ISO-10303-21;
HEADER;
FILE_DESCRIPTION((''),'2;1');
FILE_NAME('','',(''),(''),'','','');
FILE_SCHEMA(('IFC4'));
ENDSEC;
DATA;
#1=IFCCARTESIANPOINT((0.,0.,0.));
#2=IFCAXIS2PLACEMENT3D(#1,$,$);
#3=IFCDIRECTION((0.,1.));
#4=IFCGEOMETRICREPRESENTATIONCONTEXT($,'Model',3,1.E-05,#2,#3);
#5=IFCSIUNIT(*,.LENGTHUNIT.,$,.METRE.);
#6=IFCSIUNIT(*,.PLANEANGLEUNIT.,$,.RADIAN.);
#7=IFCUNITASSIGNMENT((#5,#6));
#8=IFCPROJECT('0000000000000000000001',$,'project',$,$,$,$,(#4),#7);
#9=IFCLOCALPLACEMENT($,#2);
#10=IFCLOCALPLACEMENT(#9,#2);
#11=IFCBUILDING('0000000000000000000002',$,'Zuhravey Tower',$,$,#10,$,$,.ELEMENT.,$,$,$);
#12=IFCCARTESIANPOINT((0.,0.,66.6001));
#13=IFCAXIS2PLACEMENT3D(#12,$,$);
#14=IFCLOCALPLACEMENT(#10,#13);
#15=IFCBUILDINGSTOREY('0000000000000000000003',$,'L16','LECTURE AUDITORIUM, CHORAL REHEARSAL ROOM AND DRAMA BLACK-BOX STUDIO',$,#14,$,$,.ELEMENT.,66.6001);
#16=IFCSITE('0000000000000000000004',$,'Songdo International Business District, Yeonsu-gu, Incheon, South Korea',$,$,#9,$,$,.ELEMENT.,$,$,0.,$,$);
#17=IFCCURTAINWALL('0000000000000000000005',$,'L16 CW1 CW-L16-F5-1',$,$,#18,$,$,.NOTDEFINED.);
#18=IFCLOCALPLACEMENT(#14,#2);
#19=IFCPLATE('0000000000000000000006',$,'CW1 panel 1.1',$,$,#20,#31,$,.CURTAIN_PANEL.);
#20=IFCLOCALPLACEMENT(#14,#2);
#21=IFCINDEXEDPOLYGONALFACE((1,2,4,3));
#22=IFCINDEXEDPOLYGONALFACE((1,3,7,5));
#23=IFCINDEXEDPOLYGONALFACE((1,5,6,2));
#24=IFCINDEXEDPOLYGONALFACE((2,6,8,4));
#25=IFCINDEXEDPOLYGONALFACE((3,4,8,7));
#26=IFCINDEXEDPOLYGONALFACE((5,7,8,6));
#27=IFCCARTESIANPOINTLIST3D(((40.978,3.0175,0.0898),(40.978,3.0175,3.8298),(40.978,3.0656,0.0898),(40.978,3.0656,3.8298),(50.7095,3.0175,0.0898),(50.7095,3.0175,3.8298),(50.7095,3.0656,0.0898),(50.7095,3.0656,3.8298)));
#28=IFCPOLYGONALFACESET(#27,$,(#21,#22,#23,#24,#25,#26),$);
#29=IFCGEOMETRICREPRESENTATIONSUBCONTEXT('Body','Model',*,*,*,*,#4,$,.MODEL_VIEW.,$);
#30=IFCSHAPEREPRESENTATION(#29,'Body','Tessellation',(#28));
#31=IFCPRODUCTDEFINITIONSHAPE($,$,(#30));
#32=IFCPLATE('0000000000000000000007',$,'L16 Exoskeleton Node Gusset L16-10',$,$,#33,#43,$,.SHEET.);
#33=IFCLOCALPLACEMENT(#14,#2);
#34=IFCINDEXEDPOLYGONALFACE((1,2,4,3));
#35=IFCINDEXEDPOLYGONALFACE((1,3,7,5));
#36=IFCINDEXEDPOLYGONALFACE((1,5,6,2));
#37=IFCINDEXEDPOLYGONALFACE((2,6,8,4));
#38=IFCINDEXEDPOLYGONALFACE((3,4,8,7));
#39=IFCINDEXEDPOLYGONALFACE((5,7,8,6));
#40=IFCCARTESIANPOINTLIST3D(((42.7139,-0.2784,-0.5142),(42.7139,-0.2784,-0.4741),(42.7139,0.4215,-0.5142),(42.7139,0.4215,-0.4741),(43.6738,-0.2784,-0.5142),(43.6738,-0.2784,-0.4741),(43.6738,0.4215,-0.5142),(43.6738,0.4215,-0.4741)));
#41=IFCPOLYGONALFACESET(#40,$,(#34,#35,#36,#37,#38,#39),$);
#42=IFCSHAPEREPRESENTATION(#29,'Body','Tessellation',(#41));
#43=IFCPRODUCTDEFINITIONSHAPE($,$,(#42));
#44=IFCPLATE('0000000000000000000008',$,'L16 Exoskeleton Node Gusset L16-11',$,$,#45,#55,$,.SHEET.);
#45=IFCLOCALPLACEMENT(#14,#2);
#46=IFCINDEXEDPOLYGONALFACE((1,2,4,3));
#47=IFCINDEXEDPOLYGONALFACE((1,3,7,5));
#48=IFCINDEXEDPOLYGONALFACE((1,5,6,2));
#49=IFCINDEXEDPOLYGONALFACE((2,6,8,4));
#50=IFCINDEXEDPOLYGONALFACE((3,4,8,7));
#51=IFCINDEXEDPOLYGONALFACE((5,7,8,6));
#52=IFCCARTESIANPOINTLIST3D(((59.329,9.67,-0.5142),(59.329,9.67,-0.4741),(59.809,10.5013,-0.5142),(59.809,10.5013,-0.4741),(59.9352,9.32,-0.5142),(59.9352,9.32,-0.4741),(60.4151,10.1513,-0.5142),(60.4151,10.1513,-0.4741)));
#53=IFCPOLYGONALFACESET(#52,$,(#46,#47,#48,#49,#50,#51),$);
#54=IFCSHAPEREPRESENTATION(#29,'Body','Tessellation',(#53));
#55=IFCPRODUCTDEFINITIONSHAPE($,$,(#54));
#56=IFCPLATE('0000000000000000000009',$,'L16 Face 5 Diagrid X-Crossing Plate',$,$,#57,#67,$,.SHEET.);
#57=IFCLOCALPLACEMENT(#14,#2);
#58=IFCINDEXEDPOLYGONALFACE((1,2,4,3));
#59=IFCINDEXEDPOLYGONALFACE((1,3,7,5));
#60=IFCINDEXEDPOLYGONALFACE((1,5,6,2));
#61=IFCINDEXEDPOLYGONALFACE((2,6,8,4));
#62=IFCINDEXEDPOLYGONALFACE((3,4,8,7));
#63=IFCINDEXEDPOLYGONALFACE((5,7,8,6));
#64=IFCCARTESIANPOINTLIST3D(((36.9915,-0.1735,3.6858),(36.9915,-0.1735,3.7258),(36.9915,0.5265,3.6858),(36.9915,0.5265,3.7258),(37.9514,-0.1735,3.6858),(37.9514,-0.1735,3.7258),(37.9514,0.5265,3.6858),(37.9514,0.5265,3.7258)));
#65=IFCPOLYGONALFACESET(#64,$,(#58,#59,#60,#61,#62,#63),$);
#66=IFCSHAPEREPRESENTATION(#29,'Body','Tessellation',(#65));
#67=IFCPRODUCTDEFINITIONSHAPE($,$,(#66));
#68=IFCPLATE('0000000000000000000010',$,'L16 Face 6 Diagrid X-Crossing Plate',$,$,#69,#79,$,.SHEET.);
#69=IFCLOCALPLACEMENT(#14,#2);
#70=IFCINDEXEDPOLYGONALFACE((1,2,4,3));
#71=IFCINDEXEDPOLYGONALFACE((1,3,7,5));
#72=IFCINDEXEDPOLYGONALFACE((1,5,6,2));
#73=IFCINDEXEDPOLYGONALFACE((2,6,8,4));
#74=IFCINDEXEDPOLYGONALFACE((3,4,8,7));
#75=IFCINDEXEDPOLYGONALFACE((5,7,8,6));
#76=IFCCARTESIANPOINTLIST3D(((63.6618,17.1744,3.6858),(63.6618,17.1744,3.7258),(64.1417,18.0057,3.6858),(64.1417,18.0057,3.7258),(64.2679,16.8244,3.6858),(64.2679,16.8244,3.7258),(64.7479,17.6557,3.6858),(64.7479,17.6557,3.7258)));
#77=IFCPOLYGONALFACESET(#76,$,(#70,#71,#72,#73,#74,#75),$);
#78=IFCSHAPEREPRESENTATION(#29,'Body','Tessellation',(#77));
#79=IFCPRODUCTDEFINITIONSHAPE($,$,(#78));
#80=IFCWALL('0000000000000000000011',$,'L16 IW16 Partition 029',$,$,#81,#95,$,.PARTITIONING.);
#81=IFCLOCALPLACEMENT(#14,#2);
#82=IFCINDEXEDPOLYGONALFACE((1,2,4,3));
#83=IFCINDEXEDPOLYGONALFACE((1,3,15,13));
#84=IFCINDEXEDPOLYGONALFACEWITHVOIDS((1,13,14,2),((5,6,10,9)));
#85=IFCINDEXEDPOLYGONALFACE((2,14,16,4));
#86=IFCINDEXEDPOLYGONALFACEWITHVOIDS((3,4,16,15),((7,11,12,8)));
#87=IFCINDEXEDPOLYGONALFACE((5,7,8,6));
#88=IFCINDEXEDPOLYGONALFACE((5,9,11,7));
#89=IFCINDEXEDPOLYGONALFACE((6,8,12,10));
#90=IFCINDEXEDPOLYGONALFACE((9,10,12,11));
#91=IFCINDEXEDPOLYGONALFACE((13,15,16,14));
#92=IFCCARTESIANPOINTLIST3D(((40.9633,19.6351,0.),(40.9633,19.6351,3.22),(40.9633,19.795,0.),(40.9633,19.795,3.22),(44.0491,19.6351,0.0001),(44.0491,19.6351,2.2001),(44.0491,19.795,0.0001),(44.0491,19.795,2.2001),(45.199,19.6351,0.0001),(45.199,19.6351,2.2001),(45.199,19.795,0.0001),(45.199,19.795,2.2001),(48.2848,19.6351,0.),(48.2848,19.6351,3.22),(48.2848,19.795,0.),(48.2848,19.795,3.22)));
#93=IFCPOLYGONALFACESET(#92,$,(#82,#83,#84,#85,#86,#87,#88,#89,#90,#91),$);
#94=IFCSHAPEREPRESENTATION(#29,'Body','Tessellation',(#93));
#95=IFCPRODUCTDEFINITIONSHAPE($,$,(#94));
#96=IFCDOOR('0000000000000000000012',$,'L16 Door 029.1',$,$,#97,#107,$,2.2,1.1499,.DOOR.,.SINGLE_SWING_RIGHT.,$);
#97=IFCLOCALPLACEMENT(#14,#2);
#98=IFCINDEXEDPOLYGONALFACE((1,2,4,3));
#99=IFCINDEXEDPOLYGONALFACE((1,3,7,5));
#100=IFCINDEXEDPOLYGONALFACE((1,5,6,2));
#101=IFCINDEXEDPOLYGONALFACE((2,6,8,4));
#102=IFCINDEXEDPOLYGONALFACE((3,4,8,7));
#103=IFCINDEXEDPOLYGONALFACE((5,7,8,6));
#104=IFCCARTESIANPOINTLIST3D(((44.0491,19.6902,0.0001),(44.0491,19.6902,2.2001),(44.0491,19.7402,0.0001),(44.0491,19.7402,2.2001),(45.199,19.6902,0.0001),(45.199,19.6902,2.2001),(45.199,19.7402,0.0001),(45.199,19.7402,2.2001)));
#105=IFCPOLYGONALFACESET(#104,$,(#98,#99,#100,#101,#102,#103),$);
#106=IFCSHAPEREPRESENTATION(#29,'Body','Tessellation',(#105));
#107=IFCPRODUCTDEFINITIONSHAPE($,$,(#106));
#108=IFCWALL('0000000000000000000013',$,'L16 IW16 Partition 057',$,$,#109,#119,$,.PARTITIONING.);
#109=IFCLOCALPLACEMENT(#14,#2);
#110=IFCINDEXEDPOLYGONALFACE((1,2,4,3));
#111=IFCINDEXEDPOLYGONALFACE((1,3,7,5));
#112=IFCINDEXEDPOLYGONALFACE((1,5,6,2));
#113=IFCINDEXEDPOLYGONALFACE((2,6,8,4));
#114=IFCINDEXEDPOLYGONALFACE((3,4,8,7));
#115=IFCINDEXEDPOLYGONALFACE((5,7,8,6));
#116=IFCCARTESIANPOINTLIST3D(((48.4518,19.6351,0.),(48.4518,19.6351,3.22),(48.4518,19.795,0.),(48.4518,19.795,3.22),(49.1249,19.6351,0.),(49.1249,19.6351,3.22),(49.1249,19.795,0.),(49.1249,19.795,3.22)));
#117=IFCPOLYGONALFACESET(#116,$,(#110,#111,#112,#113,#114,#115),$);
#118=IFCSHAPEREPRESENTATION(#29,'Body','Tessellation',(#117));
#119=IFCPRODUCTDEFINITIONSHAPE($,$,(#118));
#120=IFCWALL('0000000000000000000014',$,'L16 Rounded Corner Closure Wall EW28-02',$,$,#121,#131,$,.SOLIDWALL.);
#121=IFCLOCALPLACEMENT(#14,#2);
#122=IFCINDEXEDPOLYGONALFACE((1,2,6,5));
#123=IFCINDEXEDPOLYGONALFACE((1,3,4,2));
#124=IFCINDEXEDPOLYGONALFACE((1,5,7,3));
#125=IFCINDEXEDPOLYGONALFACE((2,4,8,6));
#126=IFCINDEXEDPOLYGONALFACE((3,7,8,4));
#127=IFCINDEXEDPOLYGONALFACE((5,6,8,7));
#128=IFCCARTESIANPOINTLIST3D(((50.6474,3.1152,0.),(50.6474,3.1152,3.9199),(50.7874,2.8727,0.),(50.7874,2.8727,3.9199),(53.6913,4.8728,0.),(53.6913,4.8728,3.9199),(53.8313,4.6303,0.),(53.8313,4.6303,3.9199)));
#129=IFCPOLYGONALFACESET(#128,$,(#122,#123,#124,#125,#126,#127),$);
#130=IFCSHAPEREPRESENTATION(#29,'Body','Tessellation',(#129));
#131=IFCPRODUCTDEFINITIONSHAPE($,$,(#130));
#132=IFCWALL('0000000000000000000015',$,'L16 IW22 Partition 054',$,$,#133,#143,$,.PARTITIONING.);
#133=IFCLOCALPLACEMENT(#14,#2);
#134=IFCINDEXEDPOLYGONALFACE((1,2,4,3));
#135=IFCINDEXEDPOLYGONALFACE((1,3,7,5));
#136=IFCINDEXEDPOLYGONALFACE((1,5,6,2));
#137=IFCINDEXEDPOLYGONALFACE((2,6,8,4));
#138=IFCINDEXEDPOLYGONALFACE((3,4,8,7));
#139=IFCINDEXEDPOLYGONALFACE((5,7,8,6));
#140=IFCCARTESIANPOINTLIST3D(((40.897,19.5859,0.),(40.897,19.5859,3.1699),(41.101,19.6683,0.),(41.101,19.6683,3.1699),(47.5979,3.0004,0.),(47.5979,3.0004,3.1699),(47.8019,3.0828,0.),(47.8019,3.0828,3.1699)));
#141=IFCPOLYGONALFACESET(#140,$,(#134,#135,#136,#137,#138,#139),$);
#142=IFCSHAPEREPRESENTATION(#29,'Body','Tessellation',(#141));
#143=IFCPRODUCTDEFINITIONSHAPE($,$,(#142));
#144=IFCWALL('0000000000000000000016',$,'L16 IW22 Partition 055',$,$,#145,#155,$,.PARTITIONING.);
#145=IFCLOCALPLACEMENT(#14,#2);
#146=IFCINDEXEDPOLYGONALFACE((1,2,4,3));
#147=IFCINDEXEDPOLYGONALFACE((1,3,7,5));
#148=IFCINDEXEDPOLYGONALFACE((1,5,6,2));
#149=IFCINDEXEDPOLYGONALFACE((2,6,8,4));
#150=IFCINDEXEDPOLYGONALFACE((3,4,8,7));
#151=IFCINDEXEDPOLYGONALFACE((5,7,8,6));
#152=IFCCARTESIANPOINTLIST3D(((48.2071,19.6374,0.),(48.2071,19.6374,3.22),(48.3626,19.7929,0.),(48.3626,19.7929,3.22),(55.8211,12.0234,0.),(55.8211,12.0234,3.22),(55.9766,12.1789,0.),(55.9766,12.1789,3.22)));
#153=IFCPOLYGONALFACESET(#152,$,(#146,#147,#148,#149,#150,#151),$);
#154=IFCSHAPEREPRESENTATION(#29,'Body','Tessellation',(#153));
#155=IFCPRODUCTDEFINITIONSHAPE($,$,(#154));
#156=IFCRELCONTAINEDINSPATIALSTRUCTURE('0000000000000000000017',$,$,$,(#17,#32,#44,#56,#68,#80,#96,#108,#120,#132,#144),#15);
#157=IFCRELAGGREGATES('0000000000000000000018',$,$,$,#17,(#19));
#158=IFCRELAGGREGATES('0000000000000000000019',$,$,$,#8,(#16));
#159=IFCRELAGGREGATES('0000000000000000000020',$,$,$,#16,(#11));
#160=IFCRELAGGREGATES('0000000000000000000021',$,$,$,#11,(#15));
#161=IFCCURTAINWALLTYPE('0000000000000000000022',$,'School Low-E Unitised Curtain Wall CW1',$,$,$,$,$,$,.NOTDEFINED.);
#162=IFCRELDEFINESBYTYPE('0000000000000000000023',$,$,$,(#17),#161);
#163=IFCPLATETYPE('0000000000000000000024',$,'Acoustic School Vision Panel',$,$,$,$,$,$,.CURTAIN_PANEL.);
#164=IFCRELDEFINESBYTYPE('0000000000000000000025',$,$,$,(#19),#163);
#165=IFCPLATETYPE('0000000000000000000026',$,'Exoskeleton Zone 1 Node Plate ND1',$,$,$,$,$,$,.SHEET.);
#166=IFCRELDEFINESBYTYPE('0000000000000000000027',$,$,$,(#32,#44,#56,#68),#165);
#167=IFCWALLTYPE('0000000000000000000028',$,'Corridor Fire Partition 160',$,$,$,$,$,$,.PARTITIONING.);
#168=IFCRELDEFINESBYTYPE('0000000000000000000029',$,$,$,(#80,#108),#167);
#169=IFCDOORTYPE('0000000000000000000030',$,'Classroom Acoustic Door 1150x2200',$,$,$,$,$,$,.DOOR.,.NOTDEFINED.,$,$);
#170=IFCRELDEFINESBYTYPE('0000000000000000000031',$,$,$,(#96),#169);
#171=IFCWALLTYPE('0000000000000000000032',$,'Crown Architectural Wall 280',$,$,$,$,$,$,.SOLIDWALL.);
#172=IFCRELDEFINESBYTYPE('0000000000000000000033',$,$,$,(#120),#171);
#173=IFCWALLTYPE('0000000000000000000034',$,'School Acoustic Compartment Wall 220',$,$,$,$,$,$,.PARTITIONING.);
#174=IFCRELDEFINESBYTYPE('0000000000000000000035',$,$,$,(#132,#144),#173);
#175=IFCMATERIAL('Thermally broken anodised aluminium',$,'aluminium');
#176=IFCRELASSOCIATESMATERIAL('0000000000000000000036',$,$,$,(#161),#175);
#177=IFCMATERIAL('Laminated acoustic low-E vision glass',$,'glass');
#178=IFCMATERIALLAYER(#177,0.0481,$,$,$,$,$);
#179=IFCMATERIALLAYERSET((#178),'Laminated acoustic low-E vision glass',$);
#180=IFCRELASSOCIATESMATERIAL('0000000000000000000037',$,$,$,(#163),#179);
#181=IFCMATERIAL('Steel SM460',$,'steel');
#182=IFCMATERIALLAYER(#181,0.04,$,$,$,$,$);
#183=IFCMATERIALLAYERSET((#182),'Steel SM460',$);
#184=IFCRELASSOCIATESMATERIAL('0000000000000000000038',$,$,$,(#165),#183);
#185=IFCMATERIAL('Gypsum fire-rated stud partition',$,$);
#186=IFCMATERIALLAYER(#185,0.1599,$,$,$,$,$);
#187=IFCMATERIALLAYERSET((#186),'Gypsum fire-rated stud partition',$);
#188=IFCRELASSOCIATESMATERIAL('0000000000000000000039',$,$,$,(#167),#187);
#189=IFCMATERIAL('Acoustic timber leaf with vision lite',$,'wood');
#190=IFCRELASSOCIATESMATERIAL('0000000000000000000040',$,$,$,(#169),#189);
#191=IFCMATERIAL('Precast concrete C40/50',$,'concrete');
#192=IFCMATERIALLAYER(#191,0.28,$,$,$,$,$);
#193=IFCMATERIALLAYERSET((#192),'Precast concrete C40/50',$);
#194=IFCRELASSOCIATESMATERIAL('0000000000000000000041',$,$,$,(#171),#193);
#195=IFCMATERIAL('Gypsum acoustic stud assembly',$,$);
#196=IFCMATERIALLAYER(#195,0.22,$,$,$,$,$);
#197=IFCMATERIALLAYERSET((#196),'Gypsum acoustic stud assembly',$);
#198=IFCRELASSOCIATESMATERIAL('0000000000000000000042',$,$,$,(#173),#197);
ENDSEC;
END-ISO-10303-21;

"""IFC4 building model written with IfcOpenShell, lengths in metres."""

from ifc_helpers import new_model, si_unit, direction, frame, frame_2d, origin, origin_2d, place, context, subcontext, project, spatial, rectangle, extrude, material, layer, layer_set, type_object, element, fill, aggregate, save


model = new_model("IFC4")

# Units and contexts
model_context = context("Model", 3, precision=1e-05, world=origin(), true_north=direction((0.0, 1.0)))
body_context = subcontext(model_context, "Body", "Model", "MODEL_VIEW")
ifc_project = project(units=[si_unit("LENGTHUNIT", "METRE"), si_unit("PLANEANGLEUNIT", "RADIAN")], contexts=[model_context])

# Site, building, storey
site_placement = place(None, origin())
site = spatial("IfcSite", under=ifc_project, at=site_placement, Name="Songdo International Business District, Yeonsu-gu, Incheon, South Korea", CompositionType="ELEMENT", RefElevation=0.0)
building_placement = place(site_placement, origin())
building = spatial("IfcBuilding", under=site, at=building_placement, Name="Zuhravey Tower", CompositionType="ELEMENT")
storey_placement = place(building_placement, frame((0.0, 0.0, 66.6001)))
storey = spatial("IfcBuildingStorey", under=building, at=storey_placement, Name="L16", Description="LECTURE AUDITORIUM, CHORAL REHEARSAL ROOM AND DRAMA BLACK-BOX STUDIO", CompositionType="ELEMENT", Elevation=66.6001)

# Curtain wall
ifc_material_1 = material(Name="Thermally broken anodised aluminium", Category="aluminium")
curtain_wall_type = type_object("IfcCurtainWallType", Name="School Low-E Unitised Curtain Wall CW1", PredefinedType="NOTDEFINED", material=ifc_material_1)
curtain_wall_1_placement = place(storey_placement, origin())
curtain_wall_1 = element("IfcCurtainWall", 1, at=curtain_wall_1_placement, inside=storey, type_object=curtain_wall_type, Name="L16 CW1 CW-L16-F5-1", PredefinedType="NOTDEFINED")

# Shared definitions
ifc_material_2 = material(Name="Steel SM460", Category="steel")

# Plate
ifc_material_3 = material(Name="Laminated acoustic low-E vision glass", Category="glass")
ifc_layer_1 = layer(ifc_material_3, 0.0481)
ifc_layer_set_1 = layer_set([ifc_layer_1], Name="Laminated acoustic low-E vision glass")
plate_type_1 = type_object("IfcPlateType", Name="Acoustic School Vision Panel", PredefinedType="CURTAIN_PANEL", material=ifc_layer_set_1)
plate_1_placement = place(storey_placement, frame((45.8438, 3.0415, 0.0898), z_axis=(0.0, 0.0, 1.0), x_axis=(-1.0, 0.0, 0.0)))
plate_1 = element("IfcPlate", 2, at=plate_1_placement, type_object=plate_type_1, Name="CW1 panel 1.1", PredefinedType="CURTAIN_PANEL", context=body_context, shape_type="SweptSolid", body=[
    extrude(rectangle(XDim=9.7314, YDim=0.0481, at=origin_2d()), origin(), (0.0, 0.0, 1.0), 3.74),
])
aggregate(curtain_wall_1, [plate_1])

# Plates
ifc_layer_2 = layer(ifc_material_2, 0.04)
ifc_layer_set_2 = layer_set([ifc_layer_2], Name="Steel SM460")
plate_type_2 = type_object("IfcPlateType", Name="Exoskeleton Zone 1 Node Plate ND1", PredefinedType="SHEET", material=ifc_layer_set_2)
for number, where, z_axis, x_axis, name in (
    (3, (43.1938, 0.0715, -0.5142), (0.0, 0.0, 1.0), (1.0, 0.0, 0.0), "L16 Exoskeleton Node Gusset L16-10"),
    (4, (59.8721, 9.9106, -0.5142), (0.0, 0.0, 1.0), (0.5, 0.866025, 0.0), "L16 Exoskeleton Node Gusset L16-11"),
    (5, (37.4714, 0.1765, 3.6858), (0.0, 0.0, 1.0), (1.0, 0.0, 0.0), "L16 Face 5 Diagrid X-Crossing Plate"),
    (6, (64.2048, 17.415, 3.6858), (0.0, 0.0, 1.0), (0.5, 0.866025, 0.0), "L16 Face 6 Diagrid X-Crossing Plate"),
):
    element("IfcPlate", number, at=place(storey_placement, frame(where, z_axis=z_axis, x_axis=x_axis)), inside=storey, type_object=plate_type_2, Name=name, PredefinedType="SHEET", context=body_context, shape_type="SweptSolid", body=[
        extrude(rectangle(XDim=0.96, YDim=0.7, at=origin_2d()), origin(), (0.0, 0.0, 1.0), 0.04),
    ])

# Wall, opening, door
ifc_material_4 = material(Name="Gypsum fire-rated stud partition")
ifc_layer_3 = layer(ifc_material_4, 0.1599)
ifc_layer_set_3 = layer_set([ifc_layer_3], Name="Gypsum fire-rated stud partition")
wall_type_1 = type_object("IfcWallType", Name="Corridor Fire Partition 160", PredefinedType="PARTITIONING", material=ifc_layer_set_3)
wall_1_placement = place(storey_placement, frame((40.9634, 19.7151, 0.0), z_axis=(0.0, 0.0, 1.0), x_axis=(1.0, 0.0, 0.0)))
wall_1 = element("IfcWall", 7, at=wall_1_placement, inside=storey, type_object=wall_type_1, Name="L16 IW16 Partition 029", PredefinedType="PARTITIONING", context=body_context, shape_type="SweptSolid", body=[
    extrude(rectangle(XDim=7.3215, YDim=0.1599, at=frame_2d((3.6606, 0.0))), origin(), (0.0, 0.0, 1.0), 3.22),
])
opening_placement = place(wall_1_placement, frame((3.0857, 0.0, 0.0)))
opening = element("IfcOpeningElement", 8, at=opening_placement, cuts=wall_1, PredefinedType="OPENING", context=body_context, shape_type="SweptSolid", body=[
    extrude(rectangle(XDim=1.1499, YDim=2.2, at=frame_2d((0.575, 1.1001))), frame((0.0, 0.092, 0.0), z_axis=(0.0, -1.0, 0.0), x_axis=(1.0, 0.0, 0.0)), (0.0, 0.0, 1.0), 0.1838),
])
ifc_material_5 = material(Name="Acoustic timber leaf with vision lite", Category="wood")
door_type = type_object("IfcDoorType", Name="Classroom Acoustic Door 1150x2200", OperationType="NOTDEFINED", PredefinedType="DOOR", material=ifc_material_5)
door_placement = place(opening_placement, frame((1.1499, 0.0, 0.0), z_axis=(0.0, 0.0, 1.0), x_axis=(-1.0, 0.0, 0.0)))
door = element("IfcDoor", 9, at=door_placement, inside=storey, type_object=door_type, Name="L16 Door 029.1", OperationType="SINGLE_SWING_RIGHT", OverallHeight=2.2, OverallWidth=1.1499, PredefinedType="DOOR", context=body_context, shape_type="SweptSolid", body=[
    extrude(rectangle(XDim=1.1499, YDim=2.2, at=frame_2d((0.575, 1.1001))), frame((0.0, 0.0249, 0.0), z_axis=(0.0, -1.0, 0.0), x_axis=(1.0, 0.0, 0.0)), (0.0, 0.0, 1.0), 0.05),
])
fill(opening, door)

# Walls
wall_2_placement = place(storey_placement, frame((48.4519, 19.7151, 0.0), z_axis=(0.0, 0.0, 1.0), x_axis=(1.0, 0.0, 0.0)))
element("IfcWall", 10, at=wall_2_placement, inside=storey, type_object=wall_type_1, Name="L16 IW16 Partition 057", PredefinedType="PARTITIONING", context=body_context, shape_type="SweptSolid", body=[
    extrude(rectangle(XDim=0.6731, YDim=0.1599, at=frame_2d((0.3364, 0.0))), origin(), (0.0, 0.0, 1.0), 3.22),
])
ifc_material_6 = material(Name="Precast concrete C40/50", Category="concrete")
ifc_layer_4 = layer(ifc_material_6, 0.28)
ifc_layer_set_4 = layer_set([ifc_layer_4], Name="Precast concrete C40/50")
wall_type_2 = type_object("IfcWallType", Name="Crown Architectural Wall 280", PredefinedType="SOLIDWALL", material=ifc_layer_set_4)
wall_3_placement = place(storey_placement, frame((53.7612, 4.7515, 0.0), z_axis=(0.0, 0.0, 1.0), x_axis=(-0.866007, -0.500031, 0.0)))
element("IfcWall", 11, at=wall_3_placement, inside=storey, type_object=wall_type_2, Name="L16 Rounded Corner Closure Wall EW28-02", PredefinedType="SOLIDWALL", context=body_context, shape_type="SweptSolid", body=[
    extrude(rectangle(XDim=3.5149, YDim=0.28, at=frame_2d((1.7573, 0.0))), origin(), (0.0, 0.0, 1.0), 3.9199),
])
ifc_material_7 = material(Name="Gypsum acoustic stud assembly")
ifc_layer_5 = layer(ifc_material_7, 0.22)
ifc_layer_set_5 = layer_set([ifc_layer_5], Name="Gypsum acoustic stud assembly")
wall_type_3 = type_object("IfcWallType", Name="School Acoustic Compartment Wall 220", PredefinedType="PARTITIONING", material=ifc_layer_set_5)
wall_4_placement = place(storey_placement, frame((40.999, 19.627, 0.0), z_axis=(0.0, 0.0, 1.0), x_axis=(0.374605, -0.927184, 0.0)))
element("IfcWall", 12, at=wall_4_placement, inside=storey, type_object=wall_type_3, Name="L16 IW22 Partition 054", PredefinedType="PARTITIONING", context=body_context, shape_type="SweptSolid", body=[
    extrude(rectangle(XDim=17.8879, YDim=0.22, at=frame_2d((8.9438, 0.0))), origin(), (0.0, 0.0, 1.0), 3.1699),
])
wall_5_placement = place(storey_placement, frame((48.2849, 19.7151, 0.0), z_axis=(0.0, 0.0, 1.0), x_axis=(0.707107, -0.707107, 0.0)))
element("IfcWall", 13, at=wall_5_placement, inside=storey, type_object=wall_type_3, Name="L16 IW22 Partition 055", PredefinedType="PARTITIONING", context=body_context, shape_type="SweptSolid", body=[
    extrude(rectangle(XDim=10.7678, YDim=0.22, at=frame_2d((5.3838, 0.0))), origin(), (0.0, 0.0, 1.0), 3.22),
])

save(model, "model.ifc")
